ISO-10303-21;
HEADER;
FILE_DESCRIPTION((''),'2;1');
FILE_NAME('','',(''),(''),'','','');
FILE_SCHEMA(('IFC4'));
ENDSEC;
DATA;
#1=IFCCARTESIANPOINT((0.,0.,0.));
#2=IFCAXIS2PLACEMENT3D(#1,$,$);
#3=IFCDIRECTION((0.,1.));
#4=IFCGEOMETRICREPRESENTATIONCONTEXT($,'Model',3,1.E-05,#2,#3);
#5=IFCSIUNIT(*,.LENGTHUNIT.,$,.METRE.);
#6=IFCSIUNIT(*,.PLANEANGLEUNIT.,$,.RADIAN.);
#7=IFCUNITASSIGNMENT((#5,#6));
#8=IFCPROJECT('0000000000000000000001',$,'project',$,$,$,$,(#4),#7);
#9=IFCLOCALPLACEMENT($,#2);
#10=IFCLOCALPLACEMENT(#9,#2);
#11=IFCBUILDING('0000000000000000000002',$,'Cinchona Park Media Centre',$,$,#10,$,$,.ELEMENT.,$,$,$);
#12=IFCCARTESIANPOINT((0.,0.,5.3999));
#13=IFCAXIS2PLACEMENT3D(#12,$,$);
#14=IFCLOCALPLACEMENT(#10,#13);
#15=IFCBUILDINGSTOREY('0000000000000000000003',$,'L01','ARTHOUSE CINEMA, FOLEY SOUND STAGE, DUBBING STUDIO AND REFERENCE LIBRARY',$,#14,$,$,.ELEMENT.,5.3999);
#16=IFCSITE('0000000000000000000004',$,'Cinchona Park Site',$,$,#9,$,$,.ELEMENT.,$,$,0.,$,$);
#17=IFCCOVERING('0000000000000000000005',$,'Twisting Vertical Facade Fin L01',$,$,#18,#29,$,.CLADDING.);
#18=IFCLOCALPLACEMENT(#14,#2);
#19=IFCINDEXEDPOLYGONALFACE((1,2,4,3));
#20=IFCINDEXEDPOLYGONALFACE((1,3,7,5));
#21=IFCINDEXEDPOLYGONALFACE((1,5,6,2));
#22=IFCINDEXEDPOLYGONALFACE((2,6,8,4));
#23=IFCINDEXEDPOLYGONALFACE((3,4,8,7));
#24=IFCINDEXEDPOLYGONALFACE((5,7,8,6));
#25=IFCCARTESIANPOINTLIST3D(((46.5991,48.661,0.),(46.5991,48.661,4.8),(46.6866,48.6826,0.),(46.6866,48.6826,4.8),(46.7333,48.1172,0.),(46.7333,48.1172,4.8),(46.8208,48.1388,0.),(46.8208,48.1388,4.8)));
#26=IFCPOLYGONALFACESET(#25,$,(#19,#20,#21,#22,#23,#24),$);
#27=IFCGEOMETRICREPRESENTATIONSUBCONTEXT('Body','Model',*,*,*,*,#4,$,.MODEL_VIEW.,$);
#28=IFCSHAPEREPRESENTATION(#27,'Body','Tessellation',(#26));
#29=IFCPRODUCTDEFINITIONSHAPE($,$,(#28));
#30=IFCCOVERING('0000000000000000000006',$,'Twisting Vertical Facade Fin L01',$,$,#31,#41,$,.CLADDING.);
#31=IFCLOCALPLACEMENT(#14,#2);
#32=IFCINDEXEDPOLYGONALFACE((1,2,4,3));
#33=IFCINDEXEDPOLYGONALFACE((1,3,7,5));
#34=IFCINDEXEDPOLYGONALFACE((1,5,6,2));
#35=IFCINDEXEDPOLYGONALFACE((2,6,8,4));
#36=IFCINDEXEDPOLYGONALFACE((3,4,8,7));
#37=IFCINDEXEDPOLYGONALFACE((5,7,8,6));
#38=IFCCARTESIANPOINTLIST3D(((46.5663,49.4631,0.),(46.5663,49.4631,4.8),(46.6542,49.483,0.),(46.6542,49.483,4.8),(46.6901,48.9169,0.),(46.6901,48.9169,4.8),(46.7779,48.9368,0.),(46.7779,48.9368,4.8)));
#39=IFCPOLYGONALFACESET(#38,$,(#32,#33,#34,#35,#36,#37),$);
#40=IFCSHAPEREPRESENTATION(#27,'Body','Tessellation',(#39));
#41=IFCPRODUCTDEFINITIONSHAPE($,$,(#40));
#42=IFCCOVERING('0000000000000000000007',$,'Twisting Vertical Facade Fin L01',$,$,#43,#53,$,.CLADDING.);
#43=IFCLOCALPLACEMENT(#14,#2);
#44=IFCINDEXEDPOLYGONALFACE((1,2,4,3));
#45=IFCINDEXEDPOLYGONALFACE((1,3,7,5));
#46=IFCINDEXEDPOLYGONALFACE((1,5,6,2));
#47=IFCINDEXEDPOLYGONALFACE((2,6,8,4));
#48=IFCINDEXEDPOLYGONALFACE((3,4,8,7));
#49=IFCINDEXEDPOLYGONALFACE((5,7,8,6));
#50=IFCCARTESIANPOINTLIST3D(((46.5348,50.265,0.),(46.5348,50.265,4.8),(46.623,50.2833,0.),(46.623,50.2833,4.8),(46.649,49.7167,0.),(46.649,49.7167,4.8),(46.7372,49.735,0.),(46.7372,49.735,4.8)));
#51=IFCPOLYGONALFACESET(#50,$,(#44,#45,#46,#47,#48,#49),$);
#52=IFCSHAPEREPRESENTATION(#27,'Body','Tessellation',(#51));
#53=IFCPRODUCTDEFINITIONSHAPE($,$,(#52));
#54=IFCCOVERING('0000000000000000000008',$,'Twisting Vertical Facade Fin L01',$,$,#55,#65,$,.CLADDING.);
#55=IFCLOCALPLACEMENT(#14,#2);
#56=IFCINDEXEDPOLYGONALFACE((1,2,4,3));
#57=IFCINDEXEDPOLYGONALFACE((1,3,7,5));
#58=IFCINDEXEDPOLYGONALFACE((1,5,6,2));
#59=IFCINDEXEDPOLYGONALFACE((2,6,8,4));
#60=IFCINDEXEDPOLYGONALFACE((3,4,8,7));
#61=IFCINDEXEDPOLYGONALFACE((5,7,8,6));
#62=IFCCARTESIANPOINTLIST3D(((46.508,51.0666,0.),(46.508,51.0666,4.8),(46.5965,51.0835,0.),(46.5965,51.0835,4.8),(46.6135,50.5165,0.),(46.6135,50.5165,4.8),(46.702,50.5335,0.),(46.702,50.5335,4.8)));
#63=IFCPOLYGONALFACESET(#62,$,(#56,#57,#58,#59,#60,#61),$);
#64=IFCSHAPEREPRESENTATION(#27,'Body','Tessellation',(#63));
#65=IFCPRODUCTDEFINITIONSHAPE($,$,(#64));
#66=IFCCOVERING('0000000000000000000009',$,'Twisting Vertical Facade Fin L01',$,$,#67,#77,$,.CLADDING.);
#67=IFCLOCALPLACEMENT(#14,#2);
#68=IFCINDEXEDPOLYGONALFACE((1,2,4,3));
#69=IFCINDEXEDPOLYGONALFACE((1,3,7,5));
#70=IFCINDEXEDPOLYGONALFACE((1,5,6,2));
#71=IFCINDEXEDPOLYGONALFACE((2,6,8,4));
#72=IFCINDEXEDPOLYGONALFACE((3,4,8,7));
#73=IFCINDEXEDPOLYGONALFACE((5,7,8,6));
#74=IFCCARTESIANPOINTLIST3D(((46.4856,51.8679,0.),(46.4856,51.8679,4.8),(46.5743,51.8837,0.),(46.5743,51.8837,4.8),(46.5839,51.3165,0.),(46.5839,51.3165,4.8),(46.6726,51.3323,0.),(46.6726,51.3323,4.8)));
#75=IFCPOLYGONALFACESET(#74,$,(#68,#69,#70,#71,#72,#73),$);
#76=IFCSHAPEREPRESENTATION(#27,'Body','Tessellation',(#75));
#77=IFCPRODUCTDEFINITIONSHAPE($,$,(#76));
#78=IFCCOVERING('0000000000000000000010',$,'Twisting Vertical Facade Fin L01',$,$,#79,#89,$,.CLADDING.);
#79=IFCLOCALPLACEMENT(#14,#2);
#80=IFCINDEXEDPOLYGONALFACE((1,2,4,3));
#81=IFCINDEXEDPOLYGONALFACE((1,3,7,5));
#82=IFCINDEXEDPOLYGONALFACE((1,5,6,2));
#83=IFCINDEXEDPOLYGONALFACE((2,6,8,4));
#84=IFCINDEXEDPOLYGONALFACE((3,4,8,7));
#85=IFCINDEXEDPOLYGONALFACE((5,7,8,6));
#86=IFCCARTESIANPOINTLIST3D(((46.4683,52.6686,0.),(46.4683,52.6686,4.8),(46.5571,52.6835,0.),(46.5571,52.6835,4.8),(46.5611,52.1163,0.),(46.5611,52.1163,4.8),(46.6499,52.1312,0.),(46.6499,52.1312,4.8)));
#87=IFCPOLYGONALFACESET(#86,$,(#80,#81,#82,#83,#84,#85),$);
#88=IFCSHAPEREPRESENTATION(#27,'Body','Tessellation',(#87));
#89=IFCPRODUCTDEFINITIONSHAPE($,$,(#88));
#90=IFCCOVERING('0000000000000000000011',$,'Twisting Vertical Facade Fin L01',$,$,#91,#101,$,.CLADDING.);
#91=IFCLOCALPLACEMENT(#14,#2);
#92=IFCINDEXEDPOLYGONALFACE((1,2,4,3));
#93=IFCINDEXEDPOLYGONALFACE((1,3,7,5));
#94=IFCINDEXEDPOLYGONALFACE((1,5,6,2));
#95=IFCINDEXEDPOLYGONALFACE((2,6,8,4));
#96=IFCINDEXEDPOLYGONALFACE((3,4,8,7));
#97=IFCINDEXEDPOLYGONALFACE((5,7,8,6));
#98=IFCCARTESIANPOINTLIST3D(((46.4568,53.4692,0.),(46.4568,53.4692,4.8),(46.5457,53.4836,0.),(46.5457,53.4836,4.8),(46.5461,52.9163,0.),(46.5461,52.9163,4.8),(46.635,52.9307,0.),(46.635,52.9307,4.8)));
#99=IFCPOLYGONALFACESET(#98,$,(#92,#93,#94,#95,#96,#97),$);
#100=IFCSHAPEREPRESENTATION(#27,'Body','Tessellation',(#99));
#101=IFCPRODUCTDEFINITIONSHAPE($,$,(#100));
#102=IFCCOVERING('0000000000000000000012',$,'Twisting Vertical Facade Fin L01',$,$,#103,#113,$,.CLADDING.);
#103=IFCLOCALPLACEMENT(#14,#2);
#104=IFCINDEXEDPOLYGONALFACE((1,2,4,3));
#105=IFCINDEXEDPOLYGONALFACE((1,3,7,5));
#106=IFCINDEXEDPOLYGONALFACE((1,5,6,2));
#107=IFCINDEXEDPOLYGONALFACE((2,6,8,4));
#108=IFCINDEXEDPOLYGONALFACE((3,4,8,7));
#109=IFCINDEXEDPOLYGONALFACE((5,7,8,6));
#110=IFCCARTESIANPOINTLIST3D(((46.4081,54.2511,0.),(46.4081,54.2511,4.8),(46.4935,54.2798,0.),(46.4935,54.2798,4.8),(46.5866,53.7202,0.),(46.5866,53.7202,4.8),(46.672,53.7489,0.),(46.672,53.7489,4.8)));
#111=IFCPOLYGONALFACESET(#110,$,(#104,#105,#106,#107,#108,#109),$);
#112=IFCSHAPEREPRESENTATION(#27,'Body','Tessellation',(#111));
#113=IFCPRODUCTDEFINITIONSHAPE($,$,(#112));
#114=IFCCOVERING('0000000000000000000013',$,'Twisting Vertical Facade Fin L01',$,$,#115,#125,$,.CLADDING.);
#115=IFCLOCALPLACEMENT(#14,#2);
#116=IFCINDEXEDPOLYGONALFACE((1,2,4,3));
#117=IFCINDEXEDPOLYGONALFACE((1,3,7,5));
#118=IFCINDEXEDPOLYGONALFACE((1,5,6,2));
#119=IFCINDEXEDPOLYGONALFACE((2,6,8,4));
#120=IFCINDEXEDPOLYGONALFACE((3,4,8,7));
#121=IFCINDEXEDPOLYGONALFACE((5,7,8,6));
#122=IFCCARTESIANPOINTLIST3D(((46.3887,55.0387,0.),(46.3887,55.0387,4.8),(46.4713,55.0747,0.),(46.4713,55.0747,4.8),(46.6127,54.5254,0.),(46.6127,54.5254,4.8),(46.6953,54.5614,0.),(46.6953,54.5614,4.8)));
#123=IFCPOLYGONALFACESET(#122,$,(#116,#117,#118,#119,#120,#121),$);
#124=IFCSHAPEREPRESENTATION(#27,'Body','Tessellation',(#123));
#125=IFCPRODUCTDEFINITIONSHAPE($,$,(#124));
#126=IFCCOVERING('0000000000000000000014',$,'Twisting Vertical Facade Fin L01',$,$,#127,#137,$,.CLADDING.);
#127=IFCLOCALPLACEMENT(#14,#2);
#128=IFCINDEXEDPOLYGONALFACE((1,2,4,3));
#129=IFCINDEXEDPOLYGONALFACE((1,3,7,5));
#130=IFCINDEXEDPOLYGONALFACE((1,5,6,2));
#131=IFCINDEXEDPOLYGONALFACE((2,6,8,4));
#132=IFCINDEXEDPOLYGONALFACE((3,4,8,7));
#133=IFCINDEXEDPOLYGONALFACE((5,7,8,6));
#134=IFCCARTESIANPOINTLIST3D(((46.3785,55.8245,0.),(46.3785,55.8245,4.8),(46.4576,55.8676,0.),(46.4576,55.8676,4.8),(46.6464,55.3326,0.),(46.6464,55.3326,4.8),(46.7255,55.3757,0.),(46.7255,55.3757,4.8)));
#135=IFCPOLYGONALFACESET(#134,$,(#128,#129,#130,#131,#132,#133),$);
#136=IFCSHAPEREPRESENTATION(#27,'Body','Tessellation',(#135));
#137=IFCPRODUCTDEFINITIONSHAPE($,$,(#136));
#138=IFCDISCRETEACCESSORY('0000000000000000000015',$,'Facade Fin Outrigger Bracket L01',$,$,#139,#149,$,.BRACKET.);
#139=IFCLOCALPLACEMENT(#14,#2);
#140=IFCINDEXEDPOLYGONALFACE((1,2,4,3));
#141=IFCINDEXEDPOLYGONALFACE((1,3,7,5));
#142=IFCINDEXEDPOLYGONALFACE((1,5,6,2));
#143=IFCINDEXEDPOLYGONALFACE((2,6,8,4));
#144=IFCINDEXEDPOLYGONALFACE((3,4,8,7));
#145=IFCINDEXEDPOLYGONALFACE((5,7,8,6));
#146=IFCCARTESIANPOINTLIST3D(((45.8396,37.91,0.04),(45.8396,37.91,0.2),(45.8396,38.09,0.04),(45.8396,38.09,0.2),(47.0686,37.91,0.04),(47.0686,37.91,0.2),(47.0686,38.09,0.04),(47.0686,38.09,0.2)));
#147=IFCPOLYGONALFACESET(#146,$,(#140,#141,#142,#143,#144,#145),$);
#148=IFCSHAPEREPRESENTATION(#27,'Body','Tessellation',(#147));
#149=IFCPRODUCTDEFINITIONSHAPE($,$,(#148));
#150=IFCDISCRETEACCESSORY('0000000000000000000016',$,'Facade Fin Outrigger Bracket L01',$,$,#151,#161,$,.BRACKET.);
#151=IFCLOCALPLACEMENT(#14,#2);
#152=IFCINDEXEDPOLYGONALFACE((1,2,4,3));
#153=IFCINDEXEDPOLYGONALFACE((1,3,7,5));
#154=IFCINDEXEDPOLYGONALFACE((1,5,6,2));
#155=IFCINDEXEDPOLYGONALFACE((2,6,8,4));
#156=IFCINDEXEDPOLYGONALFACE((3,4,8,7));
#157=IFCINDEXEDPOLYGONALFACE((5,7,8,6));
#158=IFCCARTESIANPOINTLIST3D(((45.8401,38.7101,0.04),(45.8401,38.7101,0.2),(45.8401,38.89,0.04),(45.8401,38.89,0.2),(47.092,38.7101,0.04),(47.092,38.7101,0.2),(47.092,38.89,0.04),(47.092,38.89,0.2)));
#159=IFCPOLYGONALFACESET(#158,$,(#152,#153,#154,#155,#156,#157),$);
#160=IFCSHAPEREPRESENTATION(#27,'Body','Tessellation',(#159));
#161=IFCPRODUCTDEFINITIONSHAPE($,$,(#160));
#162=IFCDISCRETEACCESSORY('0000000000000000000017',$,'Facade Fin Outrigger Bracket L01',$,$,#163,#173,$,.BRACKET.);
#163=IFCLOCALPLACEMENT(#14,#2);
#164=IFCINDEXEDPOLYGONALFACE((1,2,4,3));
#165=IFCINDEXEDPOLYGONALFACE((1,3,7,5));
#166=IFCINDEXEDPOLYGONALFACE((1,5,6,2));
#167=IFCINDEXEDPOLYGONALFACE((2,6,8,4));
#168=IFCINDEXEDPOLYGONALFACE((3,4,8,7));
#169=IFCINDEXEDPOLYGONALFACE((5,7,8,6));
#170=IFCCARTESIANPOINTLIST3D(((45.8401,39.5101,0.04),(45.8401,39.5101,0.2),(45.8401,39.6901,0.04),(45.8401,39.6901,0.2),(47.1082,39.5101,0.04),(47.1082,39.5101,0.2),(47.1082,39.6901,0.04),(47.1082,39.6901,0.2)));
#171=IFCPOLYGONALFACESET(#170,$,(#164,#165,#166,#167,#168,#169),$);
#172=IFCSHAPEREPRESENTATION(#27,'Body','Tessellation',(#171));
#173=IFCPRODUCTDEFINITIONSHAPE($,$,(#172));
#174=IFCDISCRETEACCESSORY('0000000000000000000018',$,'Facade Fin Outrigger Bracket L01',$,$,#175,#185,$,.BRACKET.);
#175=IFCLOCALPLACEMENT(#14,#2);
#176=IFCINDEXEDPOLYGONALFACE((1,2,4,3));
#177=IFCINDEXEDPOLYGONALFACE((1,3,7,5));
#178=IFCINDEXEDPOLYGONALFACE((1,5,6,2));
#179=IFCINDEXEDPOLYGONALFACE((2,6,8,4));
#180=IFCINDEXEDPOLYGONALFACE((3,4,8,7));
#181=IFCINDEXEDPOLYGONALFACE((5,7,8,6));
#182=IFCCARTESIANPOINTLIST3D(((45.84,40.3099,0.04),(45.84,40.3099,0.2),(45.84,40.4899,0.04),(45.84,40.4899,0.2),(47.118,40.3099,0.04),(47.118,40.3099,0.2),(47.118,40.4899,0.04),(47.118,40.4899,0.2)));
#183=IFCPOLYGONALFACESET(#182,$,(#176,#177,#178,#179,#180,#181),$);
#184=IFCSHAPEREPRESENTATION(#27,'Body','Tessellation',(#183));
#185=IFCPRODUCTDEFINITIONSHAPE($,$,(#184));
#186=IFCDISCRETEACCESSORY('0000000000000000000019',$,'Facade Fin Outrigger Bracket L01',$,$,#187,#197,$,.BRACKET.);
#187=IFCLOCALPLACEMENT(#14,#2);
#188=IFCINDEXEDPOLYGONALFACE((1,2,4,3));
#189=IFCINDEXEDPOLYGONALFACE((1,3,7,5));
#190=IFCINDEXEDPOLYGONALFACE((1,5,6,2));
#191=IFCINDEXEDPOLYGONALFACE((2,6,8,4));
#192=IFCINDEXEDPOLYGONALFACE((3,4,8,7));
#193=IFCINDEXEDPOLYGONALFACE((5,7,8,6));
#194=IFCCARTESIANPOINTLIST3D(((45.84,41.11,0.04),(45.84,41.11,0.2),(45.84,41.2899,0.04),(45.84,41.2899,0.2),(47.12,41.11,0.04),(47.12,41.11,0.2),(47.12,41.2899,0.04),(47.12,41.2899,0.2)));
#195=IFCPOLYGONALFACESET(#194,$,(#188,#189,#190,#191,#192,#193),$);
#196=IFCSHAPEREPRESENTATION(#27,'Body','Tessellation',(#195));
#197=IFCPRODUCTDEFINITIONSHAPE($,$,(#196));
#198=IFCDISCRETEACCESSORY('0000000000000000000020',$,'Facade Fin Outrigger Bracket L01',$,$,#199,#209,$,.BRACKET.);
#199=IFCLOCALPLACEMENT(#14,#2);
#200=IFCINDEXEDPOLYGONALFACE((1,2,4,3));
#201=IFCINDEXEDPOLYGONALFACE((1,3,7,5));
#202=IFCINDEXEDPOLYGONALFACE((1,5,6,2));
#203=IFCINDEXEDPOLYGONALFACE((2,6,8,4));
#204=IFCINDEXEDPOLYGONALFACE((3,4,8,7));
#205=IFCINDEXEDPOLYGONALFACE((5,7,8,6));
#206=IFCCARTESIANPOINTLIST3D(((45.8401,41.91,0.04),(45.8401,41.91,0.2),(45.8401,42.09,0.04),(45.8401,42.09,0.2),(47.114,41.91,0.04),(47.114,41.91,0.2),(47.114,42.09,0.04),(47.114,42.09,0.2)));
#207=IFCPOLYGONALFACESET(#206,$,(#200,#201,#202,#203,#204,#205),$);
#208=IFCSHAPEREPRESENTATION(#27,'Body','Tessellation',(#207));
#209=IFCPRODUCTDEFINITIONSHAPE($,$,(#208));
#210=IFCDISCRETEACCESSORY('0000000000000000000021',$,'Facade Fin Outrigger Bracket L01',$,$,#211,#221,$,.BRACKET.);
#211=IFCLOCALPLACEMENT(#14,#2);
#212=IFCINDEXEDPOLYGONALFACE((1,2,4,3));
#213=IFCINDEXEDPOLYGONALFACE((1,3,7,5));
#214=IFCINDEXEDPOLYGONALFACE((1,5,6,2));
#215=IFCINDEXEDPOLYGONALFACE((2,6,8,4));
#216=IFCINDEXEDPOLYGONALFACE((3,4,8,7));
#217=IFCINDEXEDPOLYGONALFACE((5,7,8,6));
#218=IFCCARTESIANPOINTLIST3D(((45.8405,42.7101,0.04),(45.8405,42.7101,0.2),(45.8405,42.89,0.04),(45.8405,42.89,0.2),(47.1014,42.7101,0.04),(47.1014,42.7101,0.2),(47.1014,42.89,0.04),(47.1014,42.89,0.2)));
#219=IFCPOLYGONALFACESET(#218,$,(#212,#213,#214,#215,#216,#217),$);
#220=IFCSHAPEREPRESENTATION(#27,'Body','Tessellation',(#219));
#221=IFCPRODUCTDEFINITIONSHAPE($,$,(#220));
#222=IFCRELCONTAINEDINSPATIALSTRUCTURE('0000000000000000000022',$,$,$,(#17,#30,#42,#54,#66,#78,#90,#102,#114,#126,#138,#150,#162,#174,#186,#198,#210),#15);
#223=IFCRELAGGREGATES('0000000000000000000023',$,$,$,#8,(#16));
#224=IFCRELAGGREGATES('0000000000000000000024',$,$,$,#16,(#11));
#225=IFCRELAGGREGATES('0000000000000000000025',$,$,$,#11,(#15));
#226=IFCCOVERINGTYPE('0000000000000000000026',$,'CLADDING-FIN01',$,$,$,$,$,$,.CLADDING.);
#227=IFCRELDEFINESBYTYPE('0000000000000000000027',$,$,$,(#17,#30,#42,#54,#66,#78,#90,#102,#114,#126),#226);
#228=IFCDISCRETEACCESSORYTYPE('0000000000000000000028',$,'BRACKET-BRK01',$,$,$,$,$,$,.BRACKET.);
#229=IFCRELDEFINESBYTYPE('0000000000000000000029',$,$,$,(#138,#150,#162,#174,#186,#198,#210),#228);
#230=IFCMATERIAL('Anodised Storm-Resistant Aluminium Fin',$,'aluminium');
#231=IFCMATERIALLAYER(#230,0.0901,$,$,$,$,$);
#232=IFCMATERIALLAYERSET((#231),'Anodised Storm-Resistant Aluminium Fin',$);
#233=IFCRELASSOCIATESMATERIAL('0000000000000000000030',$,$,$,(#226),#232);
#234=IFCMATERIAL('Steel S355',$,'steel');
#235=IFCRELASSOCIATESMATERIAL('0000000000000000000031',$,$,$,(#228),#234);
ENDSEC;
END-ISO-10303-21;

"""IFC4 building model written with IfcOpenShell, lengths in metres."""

from ifc_helpers import new_model, si_unit, direction, frame, origin, origin_2d, place, context, subcontext, project, spatial, rectangle, extrude, material, layer, layer_set, type_object, element, save


model = new_model("IFC4")

# Units and contexts
model_context = context("Model", 3, precision=1e-05, world=origin(), true_north=direction((0.0, 1.0)))
body_context = subcontext(model_context, "Body", "Model", "MODEL_VIEW")
ifc_project = project(units=[si_unit("LENGTHUNIT", "METRE"), si_unit("PLANEANGLEUNIT", "RADIAN")], contexts=[model_context])

# Site, building, storey
site_placement = place(None, origin())
site = spatial("IfcSite", under=ifc_project, at=site_placement, Name="Cinchona Park Site", CompositionType="ELEMENT", RefElevation=0.0)
building_placement = place(site_placement, origin())
building = spatial("IfcBuilding", under=site, at=building_placement, Name="Cinchona Park Media Centre", CompositionType="ELEMENT")
storey_placement = place(building_placement, frame((0.0, 0.0, 5.3999)))
storey = spatial("IfcBuildingStorey", under=building, at=storey_placement, Name="L01", Description="ARTHOUSE CINEMA, FOLEY SOUND STAGE, DUBBING STUDIO AND REFERENCE LIBRARY", CompositionType="ELEMENT", Elevation=5.3999)

# Coverings
ifc_material_1 = material(Name="Anodised Storm-Resistant Aluminium Fin", Category="aluminium")
ifc_layer = layer(ifc_material_1, 0.0901)
ifc_layer_set = layer_set([ifc_layer], Name="Anodised Storm-Resistant Aluminium Fin")
covering_type = type_object("IfcCoveringType", Name="CLADDING-FIN01", PredefinedType="CLADDING", material=ifc_layer_set)
for number, where, z_axis, x_axis, name in (
    (1, (46.71, 48.3999, 0.0), (0.0, 0.0, 1.0), (-0.23955, 0.970884, 0.0), "Twisting Vertical Facade Fin L01"),
    (2, (46.6721, 49.2, 0.0), (0.0, 0.0, 1.0), (-0.221038, 0.975265, 0.0), "Twisting Vertical Facade Fin L01"),
    (3, (46.636, 50.0, 0.0), (0.0, 0.0, 1.0), (-0.203813, 0.97901, 0.0), "Twisting Vertical Facade Fin L01"),
    (4, (46.605, 50.8, 0.0), (0.0, 0.0, 1.0), (-0.18841, 0.98209, 0.0), "Twisting Vertical Facade Fin L01"),
    (5, (46.5791, 51.6001, 0.0), (0.0, 0.0, 1.0), (-0.175539, 0.984473, 0.0), "Twisting Vertical Facade Fin L01"),
    (6, (46.5591, 52.3999, 0.0), (0.0, 0.0, 1.0), (-0.165736, 0.98617, 0.0), "Twisting Vertical Facade Fin L01"),
    (7, (46.5459, 53.2, 0.0), (0.0, 0.0, 1.0), (-0.159364, 0.98722, 0.0), "Twisting Vertical Facade Fin L01"),
    (8, (46.54, 54.0, 0.0), (0.0, 0.0, 1.0), (-0.318794, 0.947824, 0.0), "Twisting Vertical Facade Fin L01"),
    (9, (46.542, 54.8, 0.0), (0.0, 0.0, 1.0), (-0.400029, 0.916502, 0.0), "Twisting Vertical Facade Fin L01"),
    (10, (46.552, 55.6001, 0.0), (0.0, 0.0, 1.0), (-0.478385, 0.87815, 0.0), "Twisting Vertical Facade Fin L01"),
):
    element("IfcCovering", number, at=place(storey_placement, frame(where, z_axis=z_axis, x_axis=x_axis)), inside=storey, type_object=covering_type, Name=name, PredefinedType="CLADDING", context=body_context, shape_type="SweptSolid", body=[
        extrude(rectangle(XDim=0.5601, YDim=0.0901, at=origin_2d()), origin(), (0.0, 0.0, 1.0), 4.8),
    ])

# Discrete accessories
ifc_material_2 = material(Name="Steel S355", Category="steel")
discrete_accessory_type = type_object("IfcDiscreteAccessoryType", Name="BRACKET-BRK01", PredefinedType="BRACKET", material=ifc_material_2)
discrete_accessory_1_placement = place(storey_placement, frame((46.4541, 38.0, 0.04), z_axis=(0.0, 0.0, 1.0), x_axis=(0.0, 1.0, 0.0)))
element("IfcDiscreteAccessory", 11, at=discrete_accessory_1_placement, inside=storey, type_object=discrete_accessory_type, Name="Facade Fin Outrigger Bracket L01", PredefinedType="BRACKET", context=body_context, shape_type="SweptSolid", body=[
    extrude(rectangle(XDim=0.1799, YDim=1.229, at=origin_2d()), origin(), (0.0, 0.0, 1.0), 0.1599),
])
discrete_accessory_2_placement = place(storey_placement, frame((46.4661, 38.8, 0.04), z_axis=(0.0, 0.0, 1.0), x_axis=(0.0, 1.0, 0.0)))
element("IfcDiscreteAccessory", 12, at=discrete_accessory_2_placement, inside=storey, type_object=discrete_accessory_type, Name="Facade Fin Outrigger Bracket L01", PredefinedType="BRACKET", context=body_context, shape_type="SweptSolid", body=[
    extrude(rectangle(XDim=0.1799, YDim=1.252, at=origin_2d()), origin(), (0.0, 0.0, 1.0), 0.1599),
])
discrete_accessory_3_placement = place(storey_placement, frame((46.4741, 39.6001, 0.04), z_axis=(0.0, 0.0, 1.0), x_axis=(0.0, 1.0, 0.0)))
element("IfcDiscreteAccessory", 13, at=discrete_accessory_3_placement, inside=storey, type_object=discrete_accessory_type, Name="Facade Fin Outrigger Bracket L01", PredefinedType="BRACKET", context=body_context, shape_type="SweptSolid", body=[
    extrude(rectangle(XDim=0.1799, YDim=1.2681, at=origin_2d()), origin(), (0.0, 0.0, 1.0), 0.1599),
])
discrete_accessory_4_placement = place(storey_placement, frame((46.479, 40.3999, 0.04), z_axis=(0.0, 0.0, 1.0), x_axis=(0.0, 1.0, 0.0)))
element("IfcDiscreteAccessory", 14, at=discrete_accessory_4_placement, inside=storey, type_object=discrete_accessory_type, Name="Facade Fin Outrigger Bracket L01", PredefinedType="BRACKET", context=body_context, shape_type="SweptSolid", body=[
    extrude(rectangle(XDim=0.1799, YDim=1.2781, at=origin_2d()), origin(), (0.0, 0.0, 1.0), 0.1599),
])
discrete_accessory_5_placement = place(storey_placement, frame((46.48, 41.2, 0.04), z_axis=(0.0, 0.0, 1.0), x_axis=(0.0, 1.0, 0.0)))
element("IfcDiscreteAccessory", 15, at=discrete_accessory_5_placement, inside=storey, type_object=discrete_accessory_type, Name="Facade Fin Outrigger Bracket L01", PredefinedType="BRACKET", context=body_context, shape_type="SweptSolid", body=[
    extrude(rectangle(XDim=0.1799, YDim=1.28, at=origin_2d()), origin(), (0.0, 0.0, 1.0), 0.1599),
])
discrete_accessory_6_placement = place(storey_placement, frame((46.4771, 42.0, 0.04), z_axis=(0.0, 0.0, 1.0), x_axis=(0.0, 1.0, 0.0)))
element("IfcDiscreteAccessory", 16, at=discrete_accessory_6_placement, inside=storey, type_object=discrete_accessory_type, Name="Facade Fin Outrigger Bracket L01", PredefinedType="BRACKET", context=body_context, shape_type="SweptSolid", body=[
    extrude(rectangle(XDim=0.1799, YDim=1.2739, at=origin_2d()), origin(), (0.0, 0.0, 1.0), 0.1599),
])
discrete_accessory_7_placement = place(storey_placement, frame((46.4709, 42.8, 0.04), z_axis=(0.0, 0.0, 1.0), x_axis=(0.0, 1.0, 0.0)))
element("IfcDiscreteAccessory", 17, at=discrete_accessory_7_placement, inside=storey, type_object=discrete_accessory_type, Name="Facade Fin Outrigger Bracket L01", PredefinedType="BRACKET", context=body_context, shape_type="SweptSolid", body=[
    extrude(rectangle(XDim=0.1799, YDim=1.261, at=origin_2d()), origin(), (0.0, 0.0, 1.0), 0.1599),
])

save(model, "model.ifc")
